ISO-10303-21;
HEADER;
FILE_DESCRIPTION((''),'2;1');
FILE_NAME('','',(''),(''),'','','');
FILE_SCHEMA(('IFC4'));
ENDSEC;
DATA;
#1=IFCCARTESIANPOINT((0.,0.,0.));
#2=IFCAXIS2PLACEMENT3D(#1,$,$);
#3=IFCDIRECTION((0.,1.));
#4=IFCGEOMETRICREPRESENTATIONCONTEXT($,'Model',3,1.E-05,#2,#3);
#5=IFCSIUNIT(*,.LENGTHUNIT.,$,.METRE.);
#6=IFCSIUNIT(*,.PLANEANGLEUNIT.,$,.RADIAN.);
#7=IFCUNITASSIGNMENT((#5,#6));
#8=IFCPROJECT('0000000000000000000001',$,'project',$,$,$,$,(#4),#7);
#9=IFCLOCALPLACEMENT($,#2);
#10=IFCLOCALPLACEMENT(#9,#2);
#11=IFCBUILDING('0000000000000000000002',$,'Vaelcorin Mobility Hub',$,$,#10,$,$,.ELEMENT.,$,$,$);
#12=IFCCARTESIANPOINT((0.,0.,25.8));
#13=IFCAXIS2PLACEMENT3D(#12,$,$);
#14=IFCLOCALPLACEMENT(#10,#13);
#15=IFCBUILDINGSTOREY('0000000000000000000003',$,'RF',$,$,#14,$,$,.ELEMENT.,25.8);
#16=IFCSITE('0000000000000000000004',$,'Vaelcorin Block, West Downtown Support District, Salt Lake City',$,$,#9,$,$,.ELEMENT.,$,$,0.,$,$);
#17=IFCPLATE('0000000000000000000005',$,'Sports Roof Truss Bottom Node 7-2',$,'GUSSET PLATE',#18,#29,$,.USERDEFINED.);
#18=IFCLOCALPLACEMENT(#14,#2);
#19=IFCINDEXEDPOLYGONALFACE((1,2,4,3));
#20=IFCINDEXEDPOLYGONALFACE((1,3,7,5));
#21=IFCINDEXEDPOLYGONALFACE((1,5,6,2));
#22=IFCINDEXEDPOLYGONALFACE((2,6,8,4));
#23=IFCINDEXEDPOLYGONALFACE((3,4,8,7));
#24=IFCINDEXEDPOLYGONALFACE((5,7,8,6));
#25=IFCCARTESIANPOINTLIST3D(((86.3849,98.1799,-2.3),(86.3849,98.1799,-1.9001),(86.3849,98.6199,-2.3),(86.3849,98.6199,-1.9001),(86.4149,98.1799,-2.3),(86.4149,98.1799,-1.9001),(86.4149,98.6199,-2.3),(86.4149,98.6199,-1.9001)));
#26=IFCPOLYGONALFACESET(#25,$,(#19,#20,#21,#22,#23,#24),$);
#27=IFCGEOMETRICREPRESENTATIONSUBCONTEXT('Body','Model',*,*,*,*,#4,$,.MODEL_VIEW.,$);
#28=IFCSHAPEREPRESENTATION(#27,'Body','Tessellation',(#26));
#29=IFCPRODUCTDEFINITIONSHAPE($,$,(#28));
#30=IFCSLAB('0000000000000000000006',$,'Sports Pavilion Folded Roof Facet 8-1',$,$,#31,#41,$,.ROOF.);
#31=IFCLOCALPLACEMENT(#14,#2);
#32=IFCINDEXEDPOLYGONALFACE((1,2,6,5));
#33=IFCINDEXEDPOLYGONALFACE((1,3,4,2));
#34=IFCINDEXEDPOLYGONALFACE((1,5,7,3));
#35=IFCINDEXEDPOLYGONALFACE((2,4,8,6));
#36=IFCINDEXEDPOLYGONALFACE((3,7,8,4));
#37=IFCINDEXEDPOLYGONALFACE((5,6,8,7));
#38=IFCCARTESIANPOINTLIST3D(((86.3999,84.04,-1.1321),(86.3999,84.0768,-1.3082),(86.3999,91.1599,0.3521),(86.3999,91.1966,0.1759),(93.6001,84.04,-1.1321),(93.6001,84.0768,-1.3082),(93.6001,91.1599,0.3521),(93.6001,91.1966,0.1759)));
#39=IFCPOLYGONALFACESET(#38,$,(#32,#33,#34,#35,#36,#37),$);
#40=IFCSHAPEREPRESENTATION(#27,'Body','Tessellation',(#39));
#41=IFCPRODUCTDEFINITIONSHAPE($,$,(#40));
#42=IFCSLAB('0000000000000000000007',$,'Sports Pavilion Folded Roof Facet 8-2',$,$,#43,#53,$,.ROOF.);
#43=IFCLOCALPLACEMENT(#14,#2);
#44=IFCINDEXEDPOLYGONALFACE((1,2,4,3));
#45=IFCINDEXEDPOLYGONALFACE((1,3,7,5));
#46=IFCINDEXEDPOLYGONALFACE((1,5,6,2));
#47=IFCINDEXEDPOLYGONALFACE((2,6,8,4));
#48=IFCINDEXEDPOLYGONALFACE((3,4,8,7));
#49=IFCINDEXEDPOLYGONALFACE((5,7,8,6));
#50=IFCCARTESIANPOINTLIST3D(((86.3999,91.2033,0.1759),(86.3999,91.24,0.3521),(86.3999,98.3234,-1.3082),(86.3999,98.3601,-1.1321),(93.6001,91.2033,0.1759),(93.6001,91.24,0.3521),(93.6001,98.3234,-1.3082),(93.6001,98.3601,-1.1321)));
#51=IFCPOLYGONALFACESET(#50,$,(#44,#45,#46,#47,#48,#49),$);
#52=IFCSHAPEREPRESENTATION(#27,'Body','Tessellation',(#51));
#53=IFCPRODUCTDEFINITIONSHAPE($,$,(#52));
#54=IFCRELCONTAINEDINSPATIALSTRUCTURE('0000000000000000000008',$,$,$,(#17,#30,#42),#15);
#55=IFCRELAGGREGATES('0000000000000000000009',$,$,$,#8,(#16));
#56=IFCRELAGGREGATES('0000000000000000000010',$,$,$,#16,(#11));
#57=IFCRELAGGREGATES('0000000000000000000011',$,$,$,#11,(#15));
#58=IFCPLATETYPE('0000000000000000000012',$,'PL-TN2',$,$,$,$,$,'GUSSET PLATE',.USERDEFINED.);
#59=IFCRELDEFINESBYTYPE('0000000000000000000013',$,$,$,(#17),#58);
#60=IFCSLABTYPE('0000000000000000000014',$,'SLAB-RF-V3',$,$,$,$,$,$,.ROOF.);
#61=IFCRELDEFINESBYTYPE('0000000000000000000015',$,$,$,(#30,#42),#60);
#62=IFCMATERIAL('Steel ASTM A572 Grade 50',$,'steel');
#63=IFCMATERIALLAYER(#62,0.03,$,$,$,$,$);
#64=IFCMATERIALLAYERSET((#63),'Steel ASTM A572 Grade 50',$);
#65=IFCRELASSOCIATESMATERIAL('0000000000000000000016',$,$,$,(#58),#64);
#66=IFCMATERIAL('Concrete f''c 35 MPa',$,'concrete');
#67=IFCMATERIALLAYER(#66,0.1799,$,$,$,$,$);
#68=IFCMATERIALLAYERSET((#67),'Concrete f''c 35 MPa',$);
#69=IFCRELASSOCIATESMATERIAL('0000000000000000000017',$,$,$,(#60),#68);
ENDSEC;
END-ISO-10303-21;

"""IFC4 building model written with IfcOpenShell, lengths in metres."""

from ifc_helpers import new_model, si_unit, direction, frame, origin, origin_2d, place, context, subcontext, project, spatial, polyline, rectangle, outline, extrude, material, layer, layer_set, type_object, element, save


model = new_model("IFC4")

# Units and contexts
model_context = context("Model", 3, precision=1e-05, world=origin(), true_north=direction((0.0, 1.0)))
body_context = subcontext(model_context, "Body", "Model", "MODEL_VIEW")
ifc_project = project(units=[si_unit("LENGTHUNIT", "METRE"), si_unit("PLANEANGLEUNIT", "RADIAN")], contexts=[model_context])

# Site, building, storey
site_placement = place(None, origin())
site = spatial("IfcSite", under=ifc_project, at=site_placement, Name="Vaelcorin Block, West Downtown Support District, Salt Lake City", CompositionType="ELEMENT", RefElevation=0.0)
building_placement = place(site_placement, origin())
building = spatial("IfcBuilding", under=site, at=building_placement, Name="Vaelcorin Mobility Hub", CompositionType="ELEMENT")
storey_placement = place(building_placement, frame((0.0, 0.0, 25.8)))
storey = spatial("IfcBuildingStorey", under=building, at=storey_placement, Name="RF", CompositionType="ELEMENT", Elevation=25.8)

# Plate
ifc_material_1 = material(Name="Steel ASTM A572 Grade 50", Category="steel")
ifc_layer_1 = layer(ifc_material_1, 0.03)
ifc_layer_set_1 = layer_set([ifc_layer_1], Name="Steel ASTM A572 Grade 50")
plate_type = type_object("IfcPlateType", Name="PL-TN2", ElementType="GUSSET PLATE", PredefinedType="USERDEFINED", material=ifc_layer_set_1)
plate_1_placement = place(storey_placement, frame((86.3999, 98.3999, -2.3), z_axis=(0.0, 0.0, 1.0), x_axis=(1.0, 0.0, 0.0)))
element("IfcPlate", 1, at=plate_1_placement, inside=storey, type_object=plate_type, Name="Sports Roof Truss Bottom Node 7-2", ObjectType="GUSSET PLATE", PredefinedType="USERDEFINED", context=body_context, shape_type="SweptSolid", body=[
    extrude(rectangle(XDim=0.03, YDim=0.4399, at=origin_2d()), origin(), (0.0, 0.0, 1.0), 0.3999),
])

# Slabs
ifc_material_2 = material(Name="Concrete f'c 35 MPa", Category="concrete")
ifc_layer_2 = layer(ifc_material_2, 0.1799)
ifc_layer_set_2 = layer_set([ifc_layer_2], Name="Concrete f'c 35 MPa")
slab_type = type_object("IfcSlabType", Name="SLAB-RF-V3", PredefinedType="ROOF", material=ifc_layer_set_2)
slab_1_placement = place(storey_placement, frame((86.3999, 84.04, -1.1321), z_axis=(0.0, -0.204063, 0.978958), x_axis=(1.0, 0.0, 0.0)))
element("IfcSlab", 2, at=slab_1_placement, inside=storey, type_object=slab_type, Name="Sports Pavilion Folded Roof Facet 8-1", PredefinedType="ROOF", context=body_context, shape_type="SweptSolid", body=[
    extrude(outline(polyline([(0.0, 0.0), (7.2002, 0.0), (7.2002, 7.2729), (0.0, 7.2729), (0.0, 0.0)])), origin(), (0.0, 0.0, -1.0), 0.1799),
])
slab_2_placement = place(storey_placement, frame((86.3999, 91.24, 0.3521), z_axis=(0.0, 0.204056, 0.978959), x_axis=(1.0, 0.0, 0.0)))
element("IfcSlab", 3, at=slab_2_placement, inside=storey, type_object=slab_type, Name="Sports Pavilion Folded Roof Facet 8-2", PredefinedType="ROOF", context=body_context, shape_type="SweptSolid", body=[
    extrude(outline(polyline([(0.0, 0.0), (7.2002, 0.0), (7.2002, 7.2732), (0.0, 7.2732), (0.0, 0.0)])), origin(), (0.0, 0.0, -1.0), 0.1799),
])

save(model, "model.ifc")
